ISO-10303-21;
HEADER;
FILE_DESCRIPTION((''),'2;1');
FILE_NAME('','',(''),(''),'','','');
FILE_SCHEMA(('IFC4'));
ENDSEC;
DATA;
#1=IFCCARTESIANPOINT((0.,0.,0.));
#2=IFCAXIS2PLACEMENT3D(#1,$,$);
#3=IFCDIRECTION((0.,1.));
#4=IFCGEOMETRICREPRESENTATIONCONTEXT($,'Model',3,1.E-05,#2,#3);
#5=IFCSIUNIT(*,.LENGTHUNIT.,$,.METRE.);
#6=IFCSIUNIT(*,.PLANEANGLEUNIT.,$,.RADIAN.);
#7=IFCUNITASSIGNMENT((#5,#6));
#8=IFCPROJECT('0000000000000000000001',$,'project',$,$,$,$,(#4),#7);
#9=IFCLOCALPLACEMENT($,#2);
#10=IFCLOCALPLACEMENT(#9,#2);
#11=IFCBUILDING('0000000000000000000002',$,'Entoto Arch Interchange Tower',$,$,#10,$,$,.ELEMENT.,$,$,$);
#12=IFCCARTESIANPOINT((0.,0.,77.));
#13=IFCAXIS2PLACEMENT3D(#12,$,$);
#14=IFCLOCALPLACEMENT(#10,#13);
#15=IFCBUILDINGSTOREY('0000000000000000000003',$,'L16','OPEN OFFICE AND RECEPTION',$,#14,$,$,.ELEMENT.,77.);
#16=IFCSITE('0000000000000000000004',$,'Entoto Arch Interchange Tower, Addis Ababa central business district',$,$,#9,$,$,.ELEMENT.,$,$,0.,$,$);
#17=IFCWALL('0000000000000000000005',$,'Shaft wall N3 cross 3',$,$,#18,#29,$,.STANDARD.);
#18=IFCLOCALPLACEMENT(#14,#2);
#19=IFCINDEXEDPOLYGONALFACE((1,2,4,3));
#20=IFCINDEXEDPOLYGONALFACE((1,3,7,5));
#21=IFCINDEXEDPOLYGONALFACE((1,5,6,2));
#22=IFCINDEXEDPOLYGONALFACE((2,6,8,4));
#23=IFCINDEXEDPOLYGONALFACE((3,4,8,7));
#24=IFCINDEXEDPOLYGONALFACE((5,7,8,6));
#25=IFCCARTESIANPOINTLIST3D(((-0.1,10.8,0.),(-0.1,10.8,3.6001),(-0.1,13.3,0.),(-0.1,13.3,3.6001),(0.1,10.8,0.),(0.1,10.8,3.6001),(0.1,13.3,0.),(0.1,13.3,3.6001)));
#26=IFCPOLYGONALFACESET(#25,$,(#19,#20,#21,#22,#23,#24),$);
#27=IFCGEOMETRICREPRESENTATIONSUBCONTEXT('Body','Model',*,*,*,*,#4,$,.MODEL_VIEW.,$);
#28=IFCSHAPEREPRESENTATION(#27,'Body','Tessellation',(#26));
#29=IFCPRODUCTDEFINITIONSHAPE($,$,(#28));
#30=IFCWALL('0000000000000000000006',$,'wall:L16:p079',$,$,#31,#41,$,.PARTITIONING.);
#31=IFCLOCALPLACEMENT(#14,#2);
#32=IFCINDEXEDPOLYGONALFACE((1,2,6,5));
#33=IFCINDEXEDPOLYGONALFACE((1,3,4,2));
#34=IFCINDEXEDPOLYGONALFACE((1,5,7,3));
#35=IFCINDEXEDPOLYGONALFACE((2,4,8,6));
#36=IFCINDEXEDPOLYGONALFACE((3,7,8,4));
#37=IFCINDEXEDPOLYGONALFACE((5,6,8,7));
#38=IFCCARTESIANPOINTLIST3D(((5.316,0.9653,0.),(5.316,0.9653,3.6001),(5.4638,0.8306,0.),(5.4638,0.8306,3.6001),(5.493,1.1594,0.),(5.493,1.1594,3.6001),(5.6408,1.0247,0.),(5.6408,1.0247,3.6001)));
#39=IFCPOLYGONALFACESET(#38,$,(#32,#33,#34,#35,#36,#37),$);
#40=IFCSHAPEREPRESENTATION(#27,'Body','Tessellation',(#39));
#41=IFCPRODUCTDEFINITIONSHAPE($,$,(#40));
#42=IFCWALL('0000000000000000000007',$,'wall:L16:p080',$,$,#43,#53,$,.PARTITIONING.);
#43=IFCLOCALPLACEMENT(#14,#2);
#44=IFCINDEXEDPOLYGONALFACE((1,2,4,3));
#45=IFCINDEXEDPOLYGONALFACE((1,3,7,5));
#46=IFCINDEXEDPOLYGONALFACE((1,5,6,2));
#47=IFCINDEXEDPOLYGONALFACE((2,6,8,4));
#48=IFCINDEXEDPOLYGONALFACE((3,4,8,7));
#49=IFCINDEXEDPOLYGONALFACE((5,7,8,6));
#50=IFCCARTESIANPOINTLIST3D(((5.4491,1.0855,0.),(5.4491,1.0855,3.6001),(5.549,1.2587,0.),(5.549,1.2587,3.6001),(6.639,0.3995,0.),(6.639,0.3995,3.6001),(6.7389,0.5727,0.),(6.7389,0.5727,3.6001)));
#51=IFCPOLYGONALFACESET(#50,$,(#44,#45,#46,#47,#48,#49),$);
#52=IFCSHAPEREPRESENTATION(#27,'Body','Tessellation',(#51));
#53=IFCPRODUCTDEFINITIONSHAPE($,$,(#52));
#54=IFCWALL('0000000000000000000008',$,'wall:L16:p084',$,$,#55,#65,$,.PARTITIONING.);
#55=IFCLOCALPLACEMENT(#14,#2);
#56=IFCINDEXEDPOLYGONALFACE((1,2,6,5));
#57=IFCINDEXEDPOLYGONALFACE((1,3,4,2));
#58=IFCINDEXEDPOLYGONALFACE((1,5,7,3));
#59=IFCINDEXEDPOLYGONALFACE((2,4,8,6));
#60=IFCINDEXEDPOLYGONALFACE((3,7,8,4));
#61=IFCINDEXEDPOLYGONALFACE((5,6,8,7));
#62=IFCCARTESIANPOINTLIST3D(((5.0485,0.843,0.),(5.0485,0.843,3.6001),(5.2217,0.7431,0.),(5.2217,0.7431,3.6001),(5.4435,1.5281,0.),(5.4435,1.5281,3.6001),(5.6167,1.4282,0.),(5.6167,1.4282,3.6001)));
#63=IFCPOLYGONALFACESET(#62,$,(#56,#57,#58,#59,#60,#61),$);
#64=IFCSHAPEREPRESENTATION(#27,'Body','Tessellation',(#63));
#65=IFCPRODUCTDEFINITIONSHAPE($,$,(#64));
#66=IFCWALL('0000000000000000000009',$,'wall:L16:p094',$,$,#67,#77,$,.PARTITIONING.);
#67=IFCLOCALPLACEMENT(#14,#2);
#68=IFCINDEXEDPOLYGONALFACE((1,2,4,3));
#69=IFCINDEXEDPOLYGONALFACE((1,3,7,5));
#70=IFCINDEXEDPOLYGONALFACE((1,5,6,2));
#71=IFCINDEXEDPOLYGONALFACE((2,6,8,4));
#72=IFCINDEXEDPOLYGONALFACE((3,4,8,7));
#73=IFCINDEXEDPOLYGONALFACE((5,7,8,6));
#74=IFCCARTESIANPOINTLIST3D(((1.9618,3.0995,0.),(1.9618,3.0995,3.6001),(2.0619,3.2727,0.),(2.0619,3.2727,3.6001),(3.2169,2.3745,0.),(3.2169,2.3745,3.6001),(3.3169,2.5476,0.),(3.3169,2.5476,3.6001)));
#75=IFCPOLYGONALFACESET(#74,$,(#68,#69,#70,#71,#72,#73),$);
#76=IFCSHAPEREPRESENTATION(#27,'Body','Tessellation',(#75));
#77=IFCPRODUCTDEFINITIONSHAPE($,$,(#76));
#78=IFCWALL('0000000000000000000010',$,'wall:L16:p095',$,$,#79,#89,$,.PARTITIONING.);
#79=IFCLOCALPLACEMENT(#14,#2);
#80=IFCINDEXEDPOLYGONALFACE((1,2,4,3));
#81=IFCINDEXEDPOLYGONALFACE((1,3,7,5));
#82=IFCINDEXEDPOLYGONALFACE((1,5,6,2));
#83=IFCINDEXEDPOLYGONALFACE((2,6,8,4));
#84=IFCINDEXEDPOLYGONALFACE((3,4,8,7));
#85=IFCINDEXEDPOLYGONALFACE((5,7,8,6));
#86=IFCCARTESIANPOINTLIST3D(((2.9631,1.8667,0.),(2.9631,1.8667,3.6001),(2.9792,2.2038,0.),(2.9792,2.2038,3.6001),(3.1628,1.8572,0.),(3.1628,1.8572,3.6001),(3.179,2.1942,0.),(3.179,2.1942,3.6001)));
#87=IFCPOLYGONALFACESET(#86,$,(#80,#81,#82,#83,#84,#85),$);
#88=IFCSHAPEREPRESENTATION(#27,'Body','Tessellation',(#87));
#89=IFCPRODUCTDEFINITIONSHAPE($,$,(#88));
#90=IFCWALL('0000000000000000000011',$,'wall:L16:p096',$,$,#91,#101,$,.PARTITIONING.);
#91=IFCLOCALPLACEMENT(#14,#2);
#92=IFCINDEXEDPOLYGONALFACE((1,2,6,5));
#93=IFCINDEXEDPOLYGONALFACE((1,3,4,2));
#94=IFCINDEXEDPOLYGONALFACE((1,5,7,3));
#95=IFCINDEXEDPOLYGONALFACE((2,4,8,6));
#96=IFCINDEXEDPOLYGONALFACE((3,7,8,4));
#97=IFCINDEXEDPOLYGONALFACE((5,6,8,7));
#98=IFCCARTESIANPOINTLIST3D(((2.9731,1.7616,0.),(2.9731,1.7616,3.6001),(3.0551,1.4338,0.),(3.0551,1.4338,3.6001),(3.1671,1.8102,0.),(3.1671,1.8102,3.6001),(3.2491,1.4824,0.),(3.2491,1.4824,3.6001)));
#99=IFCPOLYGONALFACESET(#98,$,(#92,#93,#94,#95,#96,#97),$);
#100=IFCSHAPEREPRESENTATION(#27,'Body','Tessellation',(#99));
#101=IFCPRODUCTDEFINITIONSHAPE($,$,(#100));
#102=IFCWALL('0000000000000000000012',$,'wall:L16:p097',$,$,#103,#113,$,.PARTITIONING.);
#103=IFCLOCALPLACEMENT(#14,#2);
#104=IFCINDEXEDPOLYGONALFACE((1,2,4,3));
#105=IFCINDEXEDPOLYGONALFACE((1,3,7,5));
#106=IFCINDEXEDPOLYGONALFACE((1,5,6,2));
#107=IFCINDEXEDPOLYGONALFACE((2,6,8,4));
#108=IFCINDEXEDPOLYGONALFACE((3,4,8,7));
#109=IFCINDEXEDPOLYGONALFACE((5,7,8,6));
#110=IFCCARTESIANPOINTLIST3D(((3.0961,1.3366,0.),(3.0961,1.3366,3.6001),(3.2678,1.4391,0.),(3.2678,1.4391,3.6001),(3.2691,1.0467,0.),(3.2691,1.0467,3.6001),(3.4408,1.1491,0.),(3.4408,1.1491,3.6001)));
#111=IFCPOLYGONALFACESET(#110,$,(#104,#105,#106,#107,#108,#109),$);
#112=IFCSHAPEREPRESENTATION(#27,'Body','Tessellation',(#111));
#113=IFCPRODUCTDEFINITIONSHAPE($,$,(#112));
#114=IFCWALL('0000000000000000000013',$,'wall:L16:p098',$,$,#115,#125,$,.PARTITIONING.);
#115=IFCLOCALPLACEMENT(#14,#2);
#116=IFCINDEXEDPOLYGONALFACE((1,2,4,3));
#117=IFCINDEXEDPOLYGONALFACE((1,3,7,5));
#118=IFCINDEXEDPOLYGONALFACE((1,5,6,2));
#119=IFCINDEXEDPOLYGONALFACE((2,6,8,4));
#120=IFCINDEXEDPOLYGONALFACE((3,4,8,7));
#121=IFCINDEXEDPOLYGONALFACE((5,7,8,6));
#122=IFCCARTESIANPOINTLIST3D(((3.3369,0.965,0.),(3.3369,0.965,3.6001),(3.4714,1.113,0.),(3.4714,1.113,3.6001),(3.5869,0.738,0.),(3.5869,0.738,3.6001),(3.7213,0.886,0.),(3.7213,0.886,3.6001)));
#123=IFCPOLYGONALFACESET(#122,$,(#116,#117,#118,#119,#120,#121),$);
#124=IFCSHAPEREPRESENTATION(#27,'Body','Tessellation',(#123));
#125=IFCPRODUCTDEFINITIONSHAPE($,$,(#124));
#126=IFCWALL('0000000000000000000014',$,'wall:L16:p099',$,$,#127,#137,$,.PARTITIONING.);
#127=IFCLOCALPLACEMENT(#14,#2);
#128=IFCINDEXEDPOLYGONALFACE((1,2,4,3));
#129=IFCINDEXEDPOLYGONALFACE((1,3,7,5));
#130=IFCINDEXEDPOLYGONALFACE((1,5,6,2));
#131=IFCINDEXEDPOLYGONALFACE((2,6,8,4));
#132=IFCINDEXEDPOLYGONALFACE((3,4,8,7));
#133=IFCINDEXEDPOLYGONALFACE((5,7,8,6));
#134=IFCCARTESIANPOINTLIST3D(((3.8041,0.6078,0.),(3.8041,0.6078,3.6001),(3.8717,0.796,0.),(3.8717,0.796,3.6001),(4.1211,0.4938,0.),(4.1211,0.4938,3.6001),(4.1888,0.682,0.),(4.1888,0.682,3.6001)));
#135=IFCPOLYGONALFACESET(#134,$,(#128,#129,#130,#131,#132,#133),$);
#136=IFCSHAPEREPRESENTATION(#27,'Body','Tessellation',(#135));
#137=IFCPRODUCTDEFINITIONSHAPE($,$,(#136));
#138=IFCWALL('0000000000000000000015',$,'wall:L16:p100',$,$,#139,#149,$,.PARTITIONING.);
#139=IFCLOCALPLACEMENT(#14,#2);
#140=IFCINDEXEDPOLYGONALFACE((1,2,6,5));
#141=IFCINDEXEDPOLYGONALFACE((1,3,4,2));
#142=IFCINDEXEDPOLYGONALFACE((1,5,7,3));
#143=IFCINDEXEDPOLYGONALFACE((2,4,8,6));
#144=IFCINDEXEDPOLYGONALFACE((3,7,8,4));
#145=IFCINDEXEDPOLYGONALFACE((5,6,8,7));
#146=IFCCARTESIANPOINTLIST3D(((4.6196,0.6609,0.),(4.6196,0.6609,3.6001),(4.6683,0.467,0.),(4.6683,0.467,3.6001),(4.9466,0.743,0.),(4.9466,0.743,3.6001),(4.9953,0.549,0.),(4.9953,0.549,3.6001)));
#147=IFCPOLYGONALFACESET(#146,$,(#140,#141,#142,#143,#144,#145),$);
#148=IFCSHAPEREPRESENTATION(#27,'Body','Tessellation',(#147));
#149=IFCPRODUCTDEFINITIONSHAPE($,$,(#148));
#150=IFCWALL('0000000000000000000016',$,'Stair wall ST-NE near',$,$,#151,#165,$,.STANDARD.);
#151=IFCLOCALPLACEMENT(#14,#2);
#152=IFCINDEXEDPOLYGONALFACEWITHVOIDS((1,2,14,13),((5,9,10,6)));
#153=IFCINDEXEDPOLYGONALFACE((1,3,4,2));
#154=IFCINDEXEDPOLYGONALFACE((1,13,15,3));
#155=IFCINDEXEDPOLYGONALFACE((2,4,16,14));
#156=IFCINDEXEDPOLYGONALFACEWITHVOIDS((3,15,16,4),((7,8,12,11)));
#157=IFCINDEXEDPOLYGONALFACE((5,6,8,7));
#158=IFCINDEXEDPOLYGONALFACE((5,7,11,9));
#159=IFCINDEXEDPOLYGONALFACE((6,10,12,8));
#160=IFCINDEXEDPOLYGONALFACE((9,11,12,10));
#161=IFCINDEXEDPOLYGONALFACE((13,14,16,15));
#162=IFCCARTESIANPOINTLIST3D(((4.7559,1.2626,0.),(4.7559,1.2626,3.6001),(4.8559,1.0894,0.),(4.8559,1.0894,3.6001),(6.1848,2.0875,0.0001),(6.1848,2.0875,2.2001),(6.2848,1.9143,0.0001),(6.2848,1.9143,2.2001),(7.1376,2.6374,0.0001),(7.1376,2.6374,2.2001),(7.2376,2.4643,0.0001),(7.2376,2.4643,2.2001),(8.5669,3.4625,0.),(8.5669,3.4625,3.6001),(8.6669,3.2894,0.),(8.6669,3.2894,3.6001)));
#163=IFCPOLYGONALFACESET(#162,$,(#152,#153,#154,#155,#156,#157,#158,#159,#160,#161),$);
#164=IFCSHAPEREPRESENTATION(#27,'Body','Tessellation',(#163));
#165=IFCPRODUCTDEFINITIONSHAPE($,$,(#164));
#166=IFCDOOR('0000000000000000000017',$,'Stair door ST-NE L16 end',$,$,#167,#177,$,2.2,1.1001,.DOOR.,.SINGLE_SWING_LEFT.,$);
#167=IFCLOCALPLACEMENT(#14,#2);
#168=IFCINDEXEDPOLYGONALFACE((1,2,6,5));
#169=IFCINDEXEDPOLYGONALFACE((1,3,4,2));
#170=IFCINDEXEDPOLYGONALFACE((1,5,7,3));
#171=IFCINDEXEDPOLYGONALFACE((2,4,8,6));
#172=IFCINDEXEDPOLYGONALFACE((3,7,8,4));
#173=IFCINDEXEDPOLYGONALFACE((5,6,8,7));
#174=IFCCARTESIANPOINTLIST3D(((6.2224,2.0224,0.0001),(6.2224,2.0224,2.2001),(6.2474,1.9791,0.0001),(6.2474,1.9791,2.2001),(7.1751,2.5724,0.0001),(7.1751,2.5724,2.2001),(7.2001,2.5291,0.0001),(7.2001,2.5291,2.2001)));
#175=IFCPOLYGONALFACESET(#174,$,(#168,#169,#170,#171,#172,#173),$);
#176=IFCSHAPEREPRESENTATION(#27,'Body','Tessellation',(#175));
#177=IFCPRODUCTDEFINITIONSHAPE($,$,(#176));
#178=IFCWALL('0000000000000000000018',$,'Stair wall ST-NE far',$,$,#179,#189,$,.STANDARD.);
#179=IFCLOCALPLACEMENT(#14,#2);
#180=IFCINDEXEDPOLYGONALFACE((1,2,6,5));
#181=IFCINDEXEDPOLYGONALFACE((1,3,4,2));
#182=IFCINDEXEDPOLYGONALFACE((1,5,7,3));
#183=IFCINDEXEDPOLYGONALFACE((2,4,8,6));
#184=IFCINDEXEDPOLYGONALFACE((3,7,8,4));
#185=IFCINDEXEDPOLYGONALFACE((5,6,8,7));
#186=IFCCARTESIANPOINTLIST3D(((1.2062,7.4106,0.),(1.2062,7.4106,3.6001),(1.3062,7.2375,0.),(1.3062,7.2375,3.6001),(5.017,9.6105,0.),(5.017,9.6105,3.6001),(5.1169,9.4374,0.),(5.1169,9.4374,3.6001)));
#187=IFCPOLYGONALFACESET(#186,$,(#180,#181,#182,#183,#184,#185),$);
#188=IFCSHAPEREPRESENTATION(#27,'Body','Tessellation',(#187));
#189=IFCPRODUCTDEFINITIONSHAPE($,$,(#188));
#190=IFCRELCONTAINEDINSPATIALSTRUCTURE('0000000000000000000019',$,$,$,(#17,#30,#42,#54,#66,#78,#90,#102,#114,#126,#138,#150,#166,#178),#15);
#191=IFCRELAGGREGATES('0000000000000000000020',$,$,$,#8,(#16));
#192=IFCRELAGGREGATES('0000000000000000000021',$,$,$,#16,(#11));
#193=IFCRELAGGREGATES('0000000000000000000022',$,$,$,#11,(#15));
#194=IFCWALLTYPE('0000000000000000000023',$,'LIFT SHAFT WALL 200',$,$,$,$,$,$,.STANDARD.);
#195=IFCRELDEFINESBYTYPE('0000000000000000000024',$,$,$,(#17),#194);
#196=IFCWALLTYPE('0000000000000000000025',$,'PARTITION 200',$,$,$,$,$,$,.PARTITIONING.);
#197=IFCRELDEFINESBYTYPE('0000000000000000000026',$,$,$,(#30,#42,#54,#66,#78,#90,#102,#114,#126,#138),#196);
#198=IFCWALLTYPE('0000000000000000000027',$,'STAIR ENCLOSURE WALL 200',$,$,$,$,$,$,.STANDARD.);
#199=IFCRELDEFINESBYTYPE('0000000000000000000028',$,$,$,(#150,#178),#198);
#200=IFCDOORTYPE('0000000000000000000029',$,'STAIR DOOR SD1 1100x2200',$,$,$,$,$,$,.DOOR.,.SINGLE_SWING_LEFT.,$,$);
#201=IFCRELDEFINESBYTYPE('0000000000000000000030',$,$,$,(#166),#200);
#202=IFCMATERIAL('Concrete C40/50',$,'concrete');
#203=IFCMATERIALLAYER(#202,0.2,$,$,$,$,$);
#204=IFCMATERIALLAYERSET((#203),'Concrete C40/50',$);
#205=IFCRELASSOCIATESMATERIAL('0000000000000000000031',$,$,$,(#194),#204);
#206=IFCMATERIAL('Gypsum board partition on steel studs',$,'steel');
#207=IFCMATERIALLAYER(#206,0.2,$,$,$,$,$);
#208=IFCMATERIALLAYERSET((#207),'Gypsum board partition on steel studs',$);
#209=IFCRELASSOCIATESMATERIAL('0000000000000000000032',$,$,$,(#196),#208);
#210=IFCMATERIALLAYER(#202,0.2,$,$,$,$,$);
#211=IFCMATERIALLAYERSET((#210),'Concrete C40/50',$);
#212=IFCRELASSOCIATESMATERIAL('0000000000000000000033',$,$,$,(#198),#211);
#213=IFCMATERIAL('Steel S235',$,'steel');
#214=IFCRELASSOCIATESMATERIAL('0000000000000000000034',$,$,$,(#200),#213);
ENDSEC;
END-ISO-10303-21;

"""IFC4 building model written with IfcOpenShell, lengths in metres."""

from ifc_helpers import new_model, si_unit, direction, frame, frame_2d, origin, place, context, subcontext, project, spatial, rectangle, extrude, material, layer, layer_set, type_object, element, fill, save


model = new_model("IFC4")

# Units and contexts
model_context = context("Model", 3, precision=1e-05, world=origin(), true_north=direction((0.0, 1.0)))
body_context = subcontext(model_context, "Body", "Model", "MODEL_VIEW")
ifc_project = project(units=[si_unit("LENGTHUNIT", "METRE"), si_unit("PLANEANGLEUNIT", "RADIAN")], contexts=[model_context])

# Site, building, storey
site_placement = place(None, origin())
site = spatial("IfcSite", under=ifc_project, at=site_placement, Name="Entoto Arch Interchange Tower, Addis Ababa central business district", CompositionType="ELEMENT", RefElevation=0.0)
building_placement = place(site_placement, origin())
building = spatial("IfcBuilding", under=site, at=building_placement, Name="Entoto Arch Interchange Tower", CompositionType="ELEMENT")
storey_placement = place(building_placement, frame((0.0, 0.0, 77.0)))
storey = spatial("IfcBuildingStorey", under=building, at=storey_placement, Name="L16", Description="OPEN OFFICE AND RECEPTION", CompositionType="ELEMENT", Elevation=77.0)

# Shared definitions
ifc_material_1 = material(Name="Concrete C40/50", Category="concrete")

# Walls
ifc_layer_1 = layer(ifc_material_1, 0.2)
ifc_layer_set_1 = layer_set([ifc_layer_1], Name="Concrete C40/50")
wall_type_1 = type_object("IfcWallType", Name="LIFT SHAFT WALL 200", PredefinedType="STANDARD", material=ifc_layer_set_1)
for number, where, z_axis, x_axis, name in (
    (1, (0.0, 10.8, 0.0), (0.0, 0.0, 1.0), (0.0, 1.0, 0.0), "Shaft wall N3 cross 3"),
):
    element("IfcWall", number, at=place(storey_placement, frame(where, z_axis=z_axis, x_axis=x_axis)), inside=storey, type_object=wall_type_1, Name=name, PredefinedType="STANDARD", context=body_context, shape_type="SweptSolid", body=[
        extrude(rectangle(XDim=2.5, YDim=0.2, at=frame_2d((1.25, 0.0))), origin(), (0.0, 0.0, 1.0), 3.6001),
    ])
ifc_material_2 = material(Name="Gypsum board partition on steel studs", Category="steel")
ifc_layer_2 = layer(ifc_material_2, 0.2)
ifc_layer_set_2 = layer_set([ifc_layer_2], Name="Gypsum board partition on steel studs")
wall_type_2 = type_object("IfcWallType", Name="PARTITION 200", PredefinedType="PARTITIONING", material=ifc_layer_set_2)
wall_1_placement = place(storey_placement, frame((5.3899, 0.8979, 0.0), z_axis=(0.0, 0.0, 1.0), x_axis=(0.673828, 0.738888, 0.0)))
element("IfcWall", 2, at=wall_1_placement, inside=storey, type_object=wall_type_2, Name="wall:L16:p079", PredefinedType="PARTITIONING", context=body_context, shape_type="SweptSolid", body=[
    extrude(rectangle(XDim=0.2627, YDim=0.2, at=frame_2d((0.1313, 0.0))), origin(), (0.0, 0.0, 1.0), 3.6001),
])
wall_2_placement = place(storey_placement, frame((5.499, 1.1721, 0.0), z_axis=(0.0, 0.0, 1.0), x_axis=(0.866334, -0.499466, 0.0)))
element("IfcWall", 3, at=wall_2_placement, inside=storey, type_object=wall_type_2, Name="wall:L16:p080", PredefinedType="PARTITIONING", context=body_context, shape_type="SweptSolid", body=[
    extrude(rectangle(XDim=1.3735, YDim=0.2, at=frame_2d((0.6868, 0.0))), origin(), (0.0, 0.0, 1.0), 3.6001),
])
wall_3_placement = place(storey_placement, frame((5.135, 0.793, 0.0), z_axis=(0.0, 0.0, 1.0), x_axis=(0.499526, 0.866299, 0.0)))
element("IfcWall", 4, at=wall_3_placement, inside=storey, type_object=wall_type_2, Name="wall:L16:p084", PredefinedType="PARTITIONING", context=body_context, shape_type="SweptSolid", body=[
    extrude(rectangle(XDim=0.7908, YDim=0.2, at=frame_2d((0.3955, 0.0))), origin(), (0.0, 0.0, 1.0), 3.6001),
])
wall_4_placement = place(storey_placement, frame((2.012, 3.186, 0.0), z_axis=(0.0, 0.0, 1.0), x_axis=(0.865891, -0.500233, 0.0)))
element("IfcWall", 5, at=wall_4_placement, inside=storey, type_object=wall_type_2, Name="wall:L16:p094", PredefinedType="PARTITIONING", context=body_context, shape_type="SweptSolid", body=[
    extrude(rectangle(XDim=1.4495, YDim=0.2, at=frame_2d((0.7246, 0.0))), origin(), (0.0, 0.0, 1.0), 3.6001),
])
wall_5_placement = place(storey_placement, frame((3.0791, 2.199, 0.0), z_axis=(0.0, 0.0, 1.0), x_axis=(-0.047771, -0.998858, 0.0)))
element("IfcWall", 6, at=wall_5_placement, inside=storey, type_object=wall_type_2, Name="wall:L16:p095", PredefinedType="PARTITIONING", context=body_context, shape_type="SweptSolid", body=[
    extrude(rectangle(XDim=0.3374, YDim=0.2, at=frame_2d((0.1687, 0.0))), origin(), (0.0, 0.0, 1.0), 3.6001),
])
wall_6_placement = place(storey_placement, frame((3.0701, 1.7859, 0.0), z_axis=(0.0, 0.0, 1.0), x_axis=(0.242706, -0.9701, 0.0)))
element("IfcWall", 7, at=wall_6_placement, inside=storey, type_object=wall_type_2, Name="wall:L16:p096", PredefinedType="PARTITIONING", context=body_context, shape_type="SweptSolid", body=[
    extrude(rectangle(XDim=0.3379, YDim=0.2, at=frame_2d((0.1689, 0.0))), origin(), (0.0, 0.0, 1.0), 3.6001),
])
for number, where, z_axis, x_axis, name in (
    (8, (3.1819, 1.3879, 0.0), (0.0, 0.0, 1.0), (0.512475, -0.858702, 0.0), "wall:L16:p097"),
    (9, (3.4041, 1.0391, 0.0), (0.0, 0.0, 1.0), (0.740267, -0.672313, 0.0), "wall:L16:p098"),
):
    element("IfcWall", number, at=place(storey_placement, frame(where, z_axis=z_axis, x_axis=x_axis)), inside=storey, type_object=wall_type_2, Name=name, PredefinedType="PARTITIONING", context=body_context, shape_type="SweptSolid", body=[
        extrude(rectangle(XDim=0.3376, YDim=0.2, at=frame_2d((0.1689, 0.0))), origin(), (0.0, 0.0, 1.0), 3.6001),
    ])
wall_7_placement = place(storey_placement, frame((3.8379, 0.7019, 0.0), z_axis=(0.0, 0.0, 1.0), x_axis=(0.941035, -0.338309, 0.0)))
element("IfcWall", 10, at=wall_7_placement, inside=storey, type_object=wall_type_2, Name="wall:L16:p099", PredefinedType="PARTITIONING", context=body_context, shape_type="SweptSolid", body=[
    extrude(rectangle(XDim=0.3369, YDim=0.2, at=frame_2d((0.1685, 0.0))), origin(), (0.0, 0.0, 1.0), 3.6001),
])
wall_8_placement = place(storey_placement, frame((4.644, 0.564, 0.0), z_axis=(0.0, 0.0, 1.0), x_axis=(0.969929, 0.243388, 0.0)))
element("IfcWall", 11, at=wall_8_placement, inside=storey, type_object=wall_type_2, Name="wall:L16:p100", PredefinedType="PARTITIONING", context=body_context, shape_type="SweptSolid", body=[
    extrude(rectangle(XDim=0.3372, YDim=0.2, at=frame_2d((0.1685, 0.0))), origin(), (0.0, 0.0, 1.0), 3.6001),
])

# Wall, opening, door
ifc_layer_3 = layer(ifc_material_1, 0.2)
ifc_layer_set_3 = layer_set([ifc_layer_3], Name="Concrete C40/50")
wall_type_3 = type_object("IfcWallType", Name="STAIR ENCLOSURE WALL 200", PredefinedType="STANDARD", material=ifc_layer_set_3)
wall_9_placement = place(storey_placement, frame((4.8059, 1.176, 0.0), z_axis=(0.0, 0.0, 1.0), x_axis=(0.86606, 0.49994, 0.0)))
wall_9 = element("IfcWall", 12, at=wall_9_placement, inside=storey, type_object=wall_type_3, Name="Stair wall ST-NE near", PredefinedType="STANDARD", context=body_context, shape_type="SweptSolid", body=[
    extrude(rectangle(XDim=4.4004, YDim=0.2, at=frame_2d((2.2002, 0.0))), origin(), (0.0, 0.0, 1.0), 3.6001),
])
opening_1_placement = place(wall_9_placement, frame((1.6499, 0.0, 0.0)))
opening_1 = element("IfcOpeningElement", 13, at=opening_1_placement, cuts=wall_9, PredefinedType="OPENING", context=body_context, shape_type="SweptSolid", body=[
    extrude(rectangle(XDim=1.1001, YDim=2.2, at=frame_2d((0.55, 1.1001))), frame((0.0, 0.1099, 0.0), z_axis=(0.0, -1.0, 0.0), x_axis=(1.0, 0.0, 0.0)), (0.0, 0.0, 1.0), 0.22),
])
ifc_material_3 = material(Name="Steel S235", Category="steel")
door_type = type_object("IfcDoorType", Name="STAIR DOOR SD1 1100x2200", OperationType="SINGLE_SWING_LEFT", PredefinedType="DOOR", material=ifc_material_3)
door_1_placement = place(opening_1_placement, origin())
door_1 = element("IfcDoor", 14, at=door_1_placement, inside=storey, type_object=door_type, Name="Stair door ST-NE L16 end", OperationType="SINGLE_SWING_LEFT", OverallHeight=2.2, OverallWidth=1.1001, PredefinedType="DOOR", context=body_context, shape_type="SweptSolid", body=[
    extrude(rectangle(XDim=1.1001, YDim=2.2, at=frame_2d((0.55, 1.1001))), frame((0.0, 0.0249, 0.0), z_axis=(0.0, -1.0, 0.0), x_axis=(1.0, 0.0, 0.0)), (0.0, 0.0, 1.0), 0.05),
])
fill(opening_1, door_1)

# Wall
wall_10_placement = place(storey_placement, frame((1.2561, 7.324, 0.0), z_axis=(0.0, 0.0, 1.0), x_axis=(0.866046, 0.499964, 0.0)))
element("IfcWall", 15, at=wall_10_placement, inside=storey, type_object=wall_type_3, Name="Stair wall ST-NE far", PredefinedType="STANDARD", context=body_context, shape_type="SweptSolid", body=[
    extrude(rectangle(XDim=4.4001, YDim=0.2, at=frame_2d((2.2002, 0.0))), origin(), (0.0, 0.0, 1.0), 3.6001),
])

save(model, "model.ifc")
